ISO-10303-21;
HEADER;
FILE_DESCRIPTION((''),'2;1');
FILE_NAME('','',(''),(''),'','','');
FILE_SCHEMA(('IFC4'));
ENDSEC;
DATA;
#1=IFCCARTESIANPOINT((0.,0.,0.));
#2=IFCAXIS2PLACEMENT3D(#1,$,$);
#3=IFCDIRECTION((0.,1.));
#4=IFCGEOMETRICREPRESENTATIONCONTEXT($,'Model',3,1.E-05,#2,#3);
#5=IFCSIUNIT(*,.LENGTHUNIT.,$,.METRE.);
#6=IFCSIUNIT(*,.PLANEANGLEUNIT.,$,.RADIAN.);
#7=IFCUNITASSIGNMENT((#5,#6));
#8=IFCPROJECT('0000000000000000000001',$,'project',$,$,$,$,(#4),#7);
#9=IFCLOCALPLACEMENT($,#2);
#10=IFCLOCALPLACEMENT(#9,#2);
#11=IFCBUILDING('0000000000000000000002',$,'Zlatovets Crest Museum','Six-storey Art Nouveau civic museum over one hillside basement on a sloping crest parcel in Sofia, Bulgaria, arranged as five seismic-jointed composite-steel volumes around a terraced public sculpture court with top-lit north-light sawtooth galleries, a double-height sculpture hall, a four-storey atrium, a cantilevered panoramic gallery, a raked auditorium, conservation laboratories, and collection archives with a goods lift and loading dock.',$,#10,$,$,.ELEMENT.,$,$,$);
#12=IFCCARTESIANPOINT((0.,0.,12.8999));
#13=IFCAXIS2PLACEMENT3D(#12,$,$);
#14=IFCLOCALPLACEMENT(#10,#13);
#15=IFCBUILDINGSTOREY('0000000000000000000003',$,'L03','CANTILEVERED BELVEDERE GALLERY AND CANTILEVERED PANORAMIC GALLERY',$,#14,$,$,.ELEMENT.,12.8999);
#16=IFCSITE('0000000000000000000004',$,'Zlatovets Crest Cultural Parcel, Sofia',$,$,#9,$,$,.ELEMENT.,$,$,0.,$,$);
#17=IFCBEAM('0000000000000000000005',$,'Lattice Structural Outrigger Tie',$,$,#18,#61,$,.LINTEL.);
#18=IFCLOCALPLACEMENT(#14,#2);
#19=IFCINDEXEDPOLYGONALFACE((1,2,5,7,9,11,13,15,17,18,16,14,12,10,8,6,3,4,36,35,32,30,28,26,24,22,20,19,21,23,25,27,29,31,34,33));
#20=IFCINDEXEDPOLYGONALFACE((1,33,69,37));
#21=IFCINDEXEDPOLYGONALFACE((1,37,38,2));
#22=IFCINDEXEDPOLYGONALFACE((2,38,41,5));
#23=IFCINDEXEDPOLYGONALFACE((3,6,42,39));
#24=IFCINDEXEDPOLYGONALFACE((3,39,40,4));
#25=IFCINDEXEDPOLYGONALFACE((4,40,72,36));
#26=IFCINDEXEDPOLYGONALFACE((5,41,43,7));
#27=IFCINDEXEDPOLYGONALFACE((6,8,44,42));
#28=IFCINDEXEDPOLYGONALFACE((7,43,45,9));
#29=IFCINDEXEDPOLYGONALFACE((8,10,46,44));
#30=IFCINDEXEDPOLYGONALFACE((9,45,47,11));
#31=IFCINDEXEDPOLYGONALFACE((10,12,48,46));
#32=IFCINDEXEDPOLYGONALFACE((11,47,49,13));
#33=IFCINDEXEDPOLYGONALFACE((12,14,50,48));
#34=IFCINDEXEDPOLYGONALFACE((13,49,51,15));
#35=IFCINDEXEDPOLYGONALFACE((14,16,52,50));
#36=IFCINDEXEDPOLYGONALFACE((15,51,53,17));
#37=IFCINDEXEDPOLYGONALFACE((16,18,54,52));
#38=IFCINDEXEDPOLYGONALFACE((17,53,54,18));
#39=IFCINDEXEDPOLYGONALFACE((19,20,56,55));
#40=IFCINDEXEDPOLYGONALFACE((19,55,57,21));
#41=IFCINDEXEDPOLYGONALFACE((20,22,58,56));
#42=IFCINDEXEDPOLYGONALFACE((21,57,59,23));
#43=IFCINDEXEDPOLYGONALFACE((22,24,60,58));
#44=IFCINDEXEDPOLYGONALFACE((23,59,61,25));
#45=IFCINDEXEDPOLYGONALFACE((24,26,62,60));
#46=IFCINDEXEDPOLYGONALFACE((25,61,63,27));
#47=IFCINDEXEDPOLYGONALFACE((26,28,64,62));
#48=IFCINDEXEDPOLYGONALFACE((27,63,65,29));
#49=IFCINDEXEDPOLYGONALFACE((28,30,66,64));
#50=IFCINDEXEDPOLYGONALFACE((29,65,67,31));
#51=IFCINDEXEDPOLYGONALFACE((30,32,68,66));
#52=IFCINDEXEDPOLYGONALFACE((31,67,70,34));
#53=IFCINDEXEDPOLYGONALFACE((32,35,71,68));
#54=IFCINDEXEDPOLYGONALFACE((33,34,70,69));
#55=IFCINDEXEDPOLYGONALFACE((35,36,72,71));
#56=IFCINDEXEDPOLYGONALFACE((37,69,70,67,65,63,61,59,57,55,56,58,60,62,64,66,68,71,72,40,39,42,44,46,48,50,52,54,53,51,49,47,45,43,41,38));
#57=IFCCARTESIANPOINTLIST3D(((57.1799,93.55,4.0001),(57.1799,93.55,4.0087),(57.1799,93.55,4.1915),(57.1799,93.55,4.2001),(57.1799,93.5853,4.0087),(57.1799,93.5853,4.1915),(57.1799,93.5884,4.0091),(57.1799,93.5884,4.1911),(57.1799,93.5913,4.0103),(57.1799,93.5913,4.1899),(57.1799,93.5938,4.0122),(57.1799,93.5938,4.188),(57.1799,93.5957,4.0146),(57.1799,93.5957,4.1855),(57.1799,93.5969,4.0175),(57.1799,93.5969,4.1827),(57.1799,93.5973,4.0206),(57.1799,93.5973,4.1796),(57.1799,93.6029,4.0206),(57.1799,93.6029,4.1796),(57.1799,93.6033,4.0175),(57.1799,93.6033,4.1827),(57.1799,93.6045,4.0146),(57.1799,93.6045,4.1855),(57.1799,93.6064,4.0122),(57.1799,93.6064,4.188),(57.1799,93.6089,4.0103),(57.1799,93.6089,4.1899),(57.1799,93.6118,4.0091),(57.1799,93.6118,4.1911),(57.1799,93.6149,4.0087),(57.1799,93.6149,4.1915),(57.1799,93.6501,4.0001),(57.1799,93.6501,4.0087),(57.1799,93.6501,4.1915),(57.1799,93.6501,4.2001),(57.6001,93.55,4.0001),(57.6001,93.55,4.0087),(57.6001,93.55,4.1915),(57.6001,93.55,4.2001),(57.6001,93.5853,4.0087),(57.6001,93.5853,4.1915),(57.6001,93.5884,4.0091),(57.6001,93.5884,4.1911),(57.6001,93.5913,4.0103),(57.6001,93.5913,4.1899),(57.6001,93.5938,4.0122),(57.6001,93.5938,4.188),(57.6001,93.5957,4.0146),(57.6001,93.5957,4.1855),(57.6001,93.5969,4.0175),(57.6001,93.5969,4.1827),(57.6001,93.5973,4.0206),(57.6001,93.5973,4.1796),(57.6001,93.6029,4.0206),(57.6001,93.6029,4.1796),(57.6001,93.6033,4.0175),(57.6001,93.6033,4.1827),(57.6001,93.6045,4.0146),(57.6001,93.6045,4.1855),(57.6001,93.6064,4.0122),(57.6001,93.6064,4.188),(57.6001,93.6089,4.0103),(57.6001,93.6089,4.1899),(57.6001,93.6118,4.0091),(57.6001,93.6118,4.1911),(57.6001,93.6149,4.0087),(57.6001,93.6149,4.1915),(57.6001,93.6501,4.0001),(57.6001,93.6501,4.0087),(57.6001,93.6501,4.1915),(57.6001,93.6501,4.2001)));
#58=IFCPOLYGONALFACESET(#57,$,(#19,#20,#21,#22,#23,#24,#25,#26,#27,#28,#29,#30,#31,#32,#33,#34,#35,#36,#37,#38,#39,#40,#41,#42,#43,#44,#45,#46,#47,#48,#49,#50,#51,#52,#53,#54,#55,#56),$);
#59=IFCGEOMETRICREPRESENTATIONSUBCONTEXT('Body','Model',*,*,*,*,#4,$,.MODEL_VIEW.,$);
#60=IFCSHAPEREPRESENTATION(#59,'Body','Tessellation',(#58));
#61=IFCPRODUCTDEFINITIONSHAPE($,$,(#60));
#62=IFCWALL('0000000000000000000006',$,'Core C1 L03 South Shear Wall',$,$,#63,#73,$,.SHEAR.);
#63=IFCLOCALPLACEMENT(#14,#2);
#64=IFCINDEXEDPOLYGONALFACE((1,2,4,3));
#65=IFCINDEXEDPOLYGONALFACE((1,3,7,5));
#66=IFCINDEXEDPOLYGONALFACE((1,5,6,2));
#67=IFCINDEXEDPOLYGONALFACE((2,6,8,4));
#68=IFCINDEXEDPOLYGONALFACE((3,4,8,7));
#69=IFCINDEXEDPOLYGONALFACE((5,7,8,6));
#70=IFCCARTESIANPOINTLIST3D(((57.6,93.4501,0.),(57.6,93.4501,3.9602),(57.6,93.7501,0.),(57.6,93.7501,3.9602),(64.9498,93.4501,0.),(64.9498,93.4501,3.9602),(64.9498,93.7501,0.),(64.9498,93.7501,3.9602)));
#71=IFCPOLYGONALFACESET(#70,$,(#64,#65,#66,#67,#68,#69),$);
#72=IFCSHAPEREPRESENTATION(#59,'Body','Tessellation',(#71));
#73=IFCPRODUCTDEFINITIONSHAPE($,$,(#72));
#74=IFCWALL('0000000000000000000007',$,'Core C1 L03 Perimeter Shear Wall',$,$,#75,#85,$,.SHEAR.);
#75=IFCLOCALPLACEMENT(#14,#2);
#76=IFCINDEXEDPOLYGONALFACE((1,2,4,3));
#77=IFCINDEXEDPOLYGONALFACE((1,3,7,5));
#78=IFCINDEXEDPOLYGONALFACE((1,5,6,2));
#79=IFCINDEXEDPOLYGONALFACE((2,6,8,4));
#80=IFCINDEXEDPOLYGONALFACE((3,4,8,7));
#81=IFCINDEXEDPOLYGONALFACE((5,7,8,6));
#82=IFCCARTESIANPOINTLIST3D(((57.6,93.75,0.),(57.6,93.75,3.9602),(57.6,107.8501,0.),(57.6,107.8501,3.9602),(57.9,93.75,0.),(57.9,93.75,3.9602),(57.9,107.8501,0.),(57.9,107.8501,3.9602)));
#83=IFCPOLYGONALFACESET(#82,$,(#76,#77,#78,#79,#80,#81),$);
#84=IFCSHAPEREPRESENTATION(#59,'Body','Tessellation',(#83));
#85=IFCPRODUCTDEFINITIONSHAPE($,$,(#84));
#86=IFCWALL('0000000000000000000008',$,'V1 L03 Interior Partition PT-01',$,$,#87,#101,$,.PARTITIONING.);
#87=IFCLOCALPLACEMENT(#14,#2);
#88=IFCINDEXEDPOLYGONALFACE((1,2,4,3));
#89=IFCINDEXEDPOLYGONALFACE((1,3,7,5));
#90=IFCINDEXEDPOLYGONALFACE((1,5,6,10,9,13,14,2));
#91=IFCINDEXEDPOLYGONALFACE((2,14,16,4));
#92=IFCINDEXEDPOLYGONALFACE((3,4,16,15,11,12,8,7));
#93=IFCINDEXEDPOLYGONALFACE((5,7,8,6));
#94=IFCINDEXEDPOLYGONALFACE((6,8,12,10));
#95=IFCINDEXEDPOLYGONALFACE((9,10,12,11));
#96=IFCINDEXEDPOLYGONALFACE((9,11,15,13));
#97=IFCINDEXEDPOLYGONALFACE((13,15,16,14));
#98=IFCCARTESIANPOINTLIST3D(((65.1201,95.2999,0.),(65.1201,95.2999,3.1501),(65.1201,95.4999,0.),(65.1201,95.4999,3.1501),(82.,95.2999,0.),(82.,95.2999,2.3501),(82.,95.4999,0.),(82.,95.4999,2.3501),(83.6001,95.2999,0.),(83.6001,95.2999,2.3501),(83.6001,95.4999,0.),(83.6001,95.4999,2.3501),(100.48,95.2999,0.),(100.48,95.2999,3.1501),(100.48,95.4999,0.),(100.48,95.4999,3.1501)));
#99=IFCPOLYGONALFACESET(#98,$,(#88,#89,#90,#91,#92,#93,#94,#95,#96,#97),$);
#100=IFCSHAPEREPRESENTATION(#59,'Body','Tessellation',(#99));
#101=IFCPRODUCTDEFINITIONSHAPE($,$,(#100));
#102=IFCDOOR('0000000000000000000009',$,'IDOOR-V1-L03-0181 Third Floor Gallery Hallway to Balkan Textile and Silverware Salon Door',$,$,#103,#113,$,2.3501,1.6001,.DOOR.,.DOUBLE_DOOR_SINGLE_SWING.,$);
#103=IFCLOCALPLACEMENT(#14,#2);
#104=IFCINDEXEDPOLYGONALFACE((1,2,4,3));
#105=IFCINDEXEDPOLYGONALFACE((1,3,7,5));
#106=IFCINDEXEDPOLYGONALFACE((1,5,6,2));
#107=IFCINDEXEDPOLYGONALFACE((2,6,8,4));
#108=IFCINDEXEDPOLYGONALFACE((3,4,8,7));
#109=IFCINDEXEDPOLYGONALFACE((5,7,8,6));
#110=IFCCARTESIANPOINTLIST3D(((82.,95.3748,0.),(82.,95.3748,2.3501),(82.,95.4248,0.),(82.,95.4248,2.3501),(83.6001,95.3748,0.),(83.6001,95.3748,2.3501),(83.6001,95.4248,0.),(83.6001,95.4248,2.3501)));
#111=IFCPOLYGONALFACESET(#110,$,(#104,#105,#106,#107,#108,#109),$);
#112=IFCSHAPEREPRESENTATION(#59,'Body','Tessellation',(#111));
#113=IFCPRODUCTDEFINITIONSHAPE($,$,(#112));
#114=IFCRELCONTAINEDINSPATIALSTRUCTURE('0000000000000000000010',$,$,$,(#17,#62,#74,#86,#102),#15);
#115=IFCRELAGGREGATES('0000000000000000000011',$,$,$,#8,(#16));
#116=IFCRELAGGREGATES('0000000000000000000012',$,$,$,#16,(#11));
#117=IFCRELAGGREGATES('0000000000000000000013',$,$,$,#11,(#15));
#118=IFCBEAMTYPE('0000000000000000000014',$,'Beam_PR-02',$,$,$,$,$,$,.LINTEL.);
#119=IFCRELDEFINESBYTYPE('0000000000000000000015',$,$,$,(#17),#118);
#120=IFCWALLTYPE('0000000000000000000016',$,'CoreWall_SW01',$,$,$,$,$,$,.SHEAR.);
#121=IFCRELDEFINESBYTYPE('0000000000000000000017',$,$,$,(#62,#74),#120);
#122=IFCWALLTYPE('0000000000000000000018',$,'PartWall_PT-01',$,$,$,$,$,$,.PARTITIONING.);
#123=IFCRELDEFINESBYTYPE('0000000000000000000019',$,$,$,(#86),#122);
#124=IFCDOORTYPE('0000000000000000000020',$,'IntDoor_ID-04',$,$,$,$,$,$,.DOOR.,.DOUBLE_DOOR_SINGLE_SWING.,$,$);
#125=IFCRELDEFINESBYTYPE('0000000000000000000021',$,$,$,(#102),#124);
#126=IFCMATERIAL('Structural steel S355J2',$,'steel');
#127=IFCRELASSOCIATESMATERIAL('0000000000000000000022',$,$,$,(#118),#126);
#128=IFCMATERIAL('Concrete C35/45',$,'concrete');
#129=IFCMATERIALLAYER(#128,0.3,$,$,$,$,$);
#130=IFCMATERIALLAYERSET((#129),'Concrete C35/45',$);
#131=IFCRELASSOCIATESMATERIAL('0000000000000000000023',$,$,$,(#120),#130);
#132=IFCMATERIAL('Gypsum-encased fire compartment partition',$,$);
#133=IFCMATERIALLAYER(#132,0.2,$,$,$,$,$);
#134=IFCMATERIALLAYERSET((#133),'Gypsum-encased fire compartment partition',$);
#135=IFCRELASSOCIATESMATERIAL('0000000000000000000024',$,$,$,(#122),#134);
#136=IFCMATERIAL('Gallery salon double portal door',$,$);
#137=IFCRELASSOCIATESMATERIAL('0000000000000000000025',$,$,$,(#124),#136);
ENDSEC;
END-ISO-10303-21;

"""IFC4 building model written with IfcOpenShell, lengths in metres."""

from ifc_helpers import new_model, si_unit, direction, frame, frame_2d, origin, origin_2d, place, context, subcontext, project, spatial, rectangle, i_section, extrude, material, layer, layer_set, material_profile, profile_set, type_object, element, fill, save


model = new_model("IFC4")

# Units and contexts
model_context = context("Model", 3, precision=1e-05, world=origin(), true_north=direction((0.0, 1.0)))
body_context = subcontext(model_context, "Body", "Model", "MODEL_VIEW")
ifc_project = project(units=[si_unit("LENGTHUNIT", "METRE"), si_unit("PLANEANGLEUNIT", "RADIAN")], contexts=[model_context])

# Site, building, storey
site_placement = place(None, origin())
site = spatial("IfcSite", under=ifc_project, at=site_placement, Name="Zlatovets Crest Cultural Parcel, Sofia", CompositionType="ELEMENT", RefElevation=0.0)
building_placement = place(site_placement, origin())
building = spatial("IfcBuilding", under=site, at=building_placement, Name="Zlatovets Crest Museum", Description="Six-storey Art Nouveau civic museum over one hillside basement on a sloping crest parcel in Sofia, Bulgaria, arranged as five seismic-jointed composite-steel volumes around a terraced public sculpture court with top-lit north-light sawtooth galleries, a double-height sculpture hall, a four-storey atrium, a cantilevered panoramic gallery, a raked auditorium, conservation laboratories, and collection archives with a goods lift and loading dock.", CompositionType="ELEMENT")
storey_placement = place(building_placement, frame((0.0, 0.0, 12.8999)))
storey = spatial("IfcBuildingStorey", under=building, at=storey_placement, Name="L03", Description="CANTILEVERED BELVEDERE GALLERY AND CANTILEVERED PANORAMIC GALLERY", CompositionType="ELEMENT", Elevation=12.8999)

# Shared definitions
ifc_material_1 = material(Name="Structural steel S355J2", Category="steel")

# Beam
ifc_material_profile_1 = material_profile(ifc_material_1, i_section(OverallWidth=0.1001, OverallDepth=0.2, WebThickness=0.0056, FlangeThickness=0.0085, FilletRadius=0.012, at=origin_2d()), Name="IPE 200")
ifc_profile_set_1 = profile_set([ifc_material_profile_1], Name="Structural steel S355J2")
beam_type_1 = type_object("IfcBeamType", Name="Beam_PR-02", PredefinedType="LINTEL", material=ifc_profile_set_1)
for number, where, z_axis, x_axis, name in (
    (1, (57.6001, 93.6001, 4.1001), (-1.0, 0.0, 0.0), (0.0, -1.0, 0.0), "Lattice Structural Outrigger Tie"),
):
    element("IfcBeam", number, at=place(storey_placement, frame(where, z_axis=z_axis, x_axis=x_axis)), inside=storey, type_object=beam_type_1, Name=name, PredefinedType="LINTEL", context=body_context, shape_type="SweptSolid", body=[
        extrude(i_section(OverallWidth=0.1001, OverallDepth=0.2, WebThickness=0.0056, FlangeThickness=0.0085, FilletRadius=0.012, at=origin_2d()), origin(), (0.0, 0.0, 1.0), 0.4202),
    ])

# Walls
ifc_material_2 = material(Name="Concrete C35/45", Category="concrete")
ifc_layer_1 = layer(ifc_material_2, 0.3)
ifc_layer_set_1 = layer_set([ifc_layer_1], Name="Concrete C35/45")
wall_type_1 = type_object("IfcWallType", Name="CoreWall_SW01", PredefinedType="SHEAR", material=ifc_layer_set_1)
wall_1_placement = place(storey_placement, frame((57.6001, 93.6001, 0.0), z_axis=(0.0, 0.0, 1.0), x_axis=(1.0, 0.0, 0.0)))
element("IfcWall", 2, at=wall_1_placement, inside=storey, type_object=wall_type_1, Name="Core C1 L03 South Shear Wall", PredefinedType="SHEAR", context=body_context, shape_type="SweptSolid", body=[
    extrude(rectangle(XDim=7.3499, YDim=0.3, at=frame_2d((3.6748, 0.0))), origin(), (0.0, 0.0, 1.0), 3.9602),
])
wall_2_placement = place(storey_placement, frame((57.75, 93.75, 0.0), z_axis=(0.0, 0.0, 1.0), x_axis=(0.0, 1.0, 0.0)))
element("IfcWall", 3, at=wall_2_placement, inside=storey, type_object=wall_type_1, Name="Core C1 L03 Perimeter Shear Wall", PredefinedType="SHEAR", context=body_context, shape_type="SweptSolid", body=[
    extrude(rectangle(XDim=14.1001, YDim=0.3, at=frame_2d((7.05, 0.0))), origin(), (0.0, 0.0, 1.0), 3.9602),
])

# Wall, opening, door
ifc_material_3 = material(Name="Gypsum-encased fire compartment partition")
ifc_layer_2 = layer(ifc_material_3, 0.2)
ifc_layer_set_2 = layer_set([ifc_layer_2], Name="Gypsum-encased fire compartment partition")
wall_type_2 = type_object("IfcWallType", Name="PartWall_PT-01", PredefinedType="PARTITIONING", material=ifc_layer_set_2)
wall_3_placement = place(storey_placement, frame((65.1201, 95.3999, 0.0), z_axis=(0.0, 0.0, 1.0), x_axis=(1.0, 0.0, 0.0)))
wall_3 = element("IfcWall", 4, at=wall_3_placement, inside=storey, type_object=wall_type_2, Name="V1 L03 Interior Partition PT-01", PredefinedType="PARTITIONING", context=body_context, shape_type="SweptSolid", body=[
    extrude(rectangle(XDim=35.3599, YDim=0.2, at=frame_2d((17.6799, 0.0))), origin(), (0.0, 0.0, 1.0), 3.1501),
])
opening_1_placement = place(wall_3_placement, frame((16.8799, 0.0, 0.0)))
opening_1 = element("IfcOpeningElement", 5, at=opening_1_placement, cuts=wall_3, PredefinedType="OPENING", context=body_context, shape_type="SweptSolid", body=[
    extrude(rectangle(XDim=1.6001, YDim=2.3501, at=frame_2d((0.8, 1.175))), frame((0.0, 0.1099, 0.0), z_axis=(0.0, -1.0, 0.0), x_axis=(1.0, 0.0, 0.0)), (0.0, 0.0, 1.0), 0.22),
])
ifc_material_4 = material(Name="Gallery salon double portal door")
door_type_1 = type_object("IfcDoorType", Name="IntDoor_ID-04", OperationType="DOUBLE_DOOR_SINGLE_SWING", PredefinedType="DOOR", material=ifc_material_4)
door_1_placement = place(opening_1_placement, origin())
door_1 = element("IfcDoor", 6, at=door_1_placement, inside=storey, type_object=door_type_1, Name="IDOOR-V1-L03-0181 Third Floor Gallery Hallway to Balkan Textile and Silverware Salon Door", OperationType="DOUBLE_DOOR_SINGLE_SWING", OverallHeight=2.3501, OverallWidth=1.6001, PredefinedType="DOOR", context=body_context, shape_type="SweptSolid", body=[
    extrude(rectangle(XDim=1.6001, YDim=2.3501, at=frame_2d((0.8, 1.175))), frame((0.0, 0.0249, 0.0), z_axis=(0.0, -1.0, 0.0), x_axis=(1.0, 0.0, 0.0)), (0.0, 0.0, 1.0), 0.05),
])
fill(opening_1, door_1)

save(model, "model.ifc")
